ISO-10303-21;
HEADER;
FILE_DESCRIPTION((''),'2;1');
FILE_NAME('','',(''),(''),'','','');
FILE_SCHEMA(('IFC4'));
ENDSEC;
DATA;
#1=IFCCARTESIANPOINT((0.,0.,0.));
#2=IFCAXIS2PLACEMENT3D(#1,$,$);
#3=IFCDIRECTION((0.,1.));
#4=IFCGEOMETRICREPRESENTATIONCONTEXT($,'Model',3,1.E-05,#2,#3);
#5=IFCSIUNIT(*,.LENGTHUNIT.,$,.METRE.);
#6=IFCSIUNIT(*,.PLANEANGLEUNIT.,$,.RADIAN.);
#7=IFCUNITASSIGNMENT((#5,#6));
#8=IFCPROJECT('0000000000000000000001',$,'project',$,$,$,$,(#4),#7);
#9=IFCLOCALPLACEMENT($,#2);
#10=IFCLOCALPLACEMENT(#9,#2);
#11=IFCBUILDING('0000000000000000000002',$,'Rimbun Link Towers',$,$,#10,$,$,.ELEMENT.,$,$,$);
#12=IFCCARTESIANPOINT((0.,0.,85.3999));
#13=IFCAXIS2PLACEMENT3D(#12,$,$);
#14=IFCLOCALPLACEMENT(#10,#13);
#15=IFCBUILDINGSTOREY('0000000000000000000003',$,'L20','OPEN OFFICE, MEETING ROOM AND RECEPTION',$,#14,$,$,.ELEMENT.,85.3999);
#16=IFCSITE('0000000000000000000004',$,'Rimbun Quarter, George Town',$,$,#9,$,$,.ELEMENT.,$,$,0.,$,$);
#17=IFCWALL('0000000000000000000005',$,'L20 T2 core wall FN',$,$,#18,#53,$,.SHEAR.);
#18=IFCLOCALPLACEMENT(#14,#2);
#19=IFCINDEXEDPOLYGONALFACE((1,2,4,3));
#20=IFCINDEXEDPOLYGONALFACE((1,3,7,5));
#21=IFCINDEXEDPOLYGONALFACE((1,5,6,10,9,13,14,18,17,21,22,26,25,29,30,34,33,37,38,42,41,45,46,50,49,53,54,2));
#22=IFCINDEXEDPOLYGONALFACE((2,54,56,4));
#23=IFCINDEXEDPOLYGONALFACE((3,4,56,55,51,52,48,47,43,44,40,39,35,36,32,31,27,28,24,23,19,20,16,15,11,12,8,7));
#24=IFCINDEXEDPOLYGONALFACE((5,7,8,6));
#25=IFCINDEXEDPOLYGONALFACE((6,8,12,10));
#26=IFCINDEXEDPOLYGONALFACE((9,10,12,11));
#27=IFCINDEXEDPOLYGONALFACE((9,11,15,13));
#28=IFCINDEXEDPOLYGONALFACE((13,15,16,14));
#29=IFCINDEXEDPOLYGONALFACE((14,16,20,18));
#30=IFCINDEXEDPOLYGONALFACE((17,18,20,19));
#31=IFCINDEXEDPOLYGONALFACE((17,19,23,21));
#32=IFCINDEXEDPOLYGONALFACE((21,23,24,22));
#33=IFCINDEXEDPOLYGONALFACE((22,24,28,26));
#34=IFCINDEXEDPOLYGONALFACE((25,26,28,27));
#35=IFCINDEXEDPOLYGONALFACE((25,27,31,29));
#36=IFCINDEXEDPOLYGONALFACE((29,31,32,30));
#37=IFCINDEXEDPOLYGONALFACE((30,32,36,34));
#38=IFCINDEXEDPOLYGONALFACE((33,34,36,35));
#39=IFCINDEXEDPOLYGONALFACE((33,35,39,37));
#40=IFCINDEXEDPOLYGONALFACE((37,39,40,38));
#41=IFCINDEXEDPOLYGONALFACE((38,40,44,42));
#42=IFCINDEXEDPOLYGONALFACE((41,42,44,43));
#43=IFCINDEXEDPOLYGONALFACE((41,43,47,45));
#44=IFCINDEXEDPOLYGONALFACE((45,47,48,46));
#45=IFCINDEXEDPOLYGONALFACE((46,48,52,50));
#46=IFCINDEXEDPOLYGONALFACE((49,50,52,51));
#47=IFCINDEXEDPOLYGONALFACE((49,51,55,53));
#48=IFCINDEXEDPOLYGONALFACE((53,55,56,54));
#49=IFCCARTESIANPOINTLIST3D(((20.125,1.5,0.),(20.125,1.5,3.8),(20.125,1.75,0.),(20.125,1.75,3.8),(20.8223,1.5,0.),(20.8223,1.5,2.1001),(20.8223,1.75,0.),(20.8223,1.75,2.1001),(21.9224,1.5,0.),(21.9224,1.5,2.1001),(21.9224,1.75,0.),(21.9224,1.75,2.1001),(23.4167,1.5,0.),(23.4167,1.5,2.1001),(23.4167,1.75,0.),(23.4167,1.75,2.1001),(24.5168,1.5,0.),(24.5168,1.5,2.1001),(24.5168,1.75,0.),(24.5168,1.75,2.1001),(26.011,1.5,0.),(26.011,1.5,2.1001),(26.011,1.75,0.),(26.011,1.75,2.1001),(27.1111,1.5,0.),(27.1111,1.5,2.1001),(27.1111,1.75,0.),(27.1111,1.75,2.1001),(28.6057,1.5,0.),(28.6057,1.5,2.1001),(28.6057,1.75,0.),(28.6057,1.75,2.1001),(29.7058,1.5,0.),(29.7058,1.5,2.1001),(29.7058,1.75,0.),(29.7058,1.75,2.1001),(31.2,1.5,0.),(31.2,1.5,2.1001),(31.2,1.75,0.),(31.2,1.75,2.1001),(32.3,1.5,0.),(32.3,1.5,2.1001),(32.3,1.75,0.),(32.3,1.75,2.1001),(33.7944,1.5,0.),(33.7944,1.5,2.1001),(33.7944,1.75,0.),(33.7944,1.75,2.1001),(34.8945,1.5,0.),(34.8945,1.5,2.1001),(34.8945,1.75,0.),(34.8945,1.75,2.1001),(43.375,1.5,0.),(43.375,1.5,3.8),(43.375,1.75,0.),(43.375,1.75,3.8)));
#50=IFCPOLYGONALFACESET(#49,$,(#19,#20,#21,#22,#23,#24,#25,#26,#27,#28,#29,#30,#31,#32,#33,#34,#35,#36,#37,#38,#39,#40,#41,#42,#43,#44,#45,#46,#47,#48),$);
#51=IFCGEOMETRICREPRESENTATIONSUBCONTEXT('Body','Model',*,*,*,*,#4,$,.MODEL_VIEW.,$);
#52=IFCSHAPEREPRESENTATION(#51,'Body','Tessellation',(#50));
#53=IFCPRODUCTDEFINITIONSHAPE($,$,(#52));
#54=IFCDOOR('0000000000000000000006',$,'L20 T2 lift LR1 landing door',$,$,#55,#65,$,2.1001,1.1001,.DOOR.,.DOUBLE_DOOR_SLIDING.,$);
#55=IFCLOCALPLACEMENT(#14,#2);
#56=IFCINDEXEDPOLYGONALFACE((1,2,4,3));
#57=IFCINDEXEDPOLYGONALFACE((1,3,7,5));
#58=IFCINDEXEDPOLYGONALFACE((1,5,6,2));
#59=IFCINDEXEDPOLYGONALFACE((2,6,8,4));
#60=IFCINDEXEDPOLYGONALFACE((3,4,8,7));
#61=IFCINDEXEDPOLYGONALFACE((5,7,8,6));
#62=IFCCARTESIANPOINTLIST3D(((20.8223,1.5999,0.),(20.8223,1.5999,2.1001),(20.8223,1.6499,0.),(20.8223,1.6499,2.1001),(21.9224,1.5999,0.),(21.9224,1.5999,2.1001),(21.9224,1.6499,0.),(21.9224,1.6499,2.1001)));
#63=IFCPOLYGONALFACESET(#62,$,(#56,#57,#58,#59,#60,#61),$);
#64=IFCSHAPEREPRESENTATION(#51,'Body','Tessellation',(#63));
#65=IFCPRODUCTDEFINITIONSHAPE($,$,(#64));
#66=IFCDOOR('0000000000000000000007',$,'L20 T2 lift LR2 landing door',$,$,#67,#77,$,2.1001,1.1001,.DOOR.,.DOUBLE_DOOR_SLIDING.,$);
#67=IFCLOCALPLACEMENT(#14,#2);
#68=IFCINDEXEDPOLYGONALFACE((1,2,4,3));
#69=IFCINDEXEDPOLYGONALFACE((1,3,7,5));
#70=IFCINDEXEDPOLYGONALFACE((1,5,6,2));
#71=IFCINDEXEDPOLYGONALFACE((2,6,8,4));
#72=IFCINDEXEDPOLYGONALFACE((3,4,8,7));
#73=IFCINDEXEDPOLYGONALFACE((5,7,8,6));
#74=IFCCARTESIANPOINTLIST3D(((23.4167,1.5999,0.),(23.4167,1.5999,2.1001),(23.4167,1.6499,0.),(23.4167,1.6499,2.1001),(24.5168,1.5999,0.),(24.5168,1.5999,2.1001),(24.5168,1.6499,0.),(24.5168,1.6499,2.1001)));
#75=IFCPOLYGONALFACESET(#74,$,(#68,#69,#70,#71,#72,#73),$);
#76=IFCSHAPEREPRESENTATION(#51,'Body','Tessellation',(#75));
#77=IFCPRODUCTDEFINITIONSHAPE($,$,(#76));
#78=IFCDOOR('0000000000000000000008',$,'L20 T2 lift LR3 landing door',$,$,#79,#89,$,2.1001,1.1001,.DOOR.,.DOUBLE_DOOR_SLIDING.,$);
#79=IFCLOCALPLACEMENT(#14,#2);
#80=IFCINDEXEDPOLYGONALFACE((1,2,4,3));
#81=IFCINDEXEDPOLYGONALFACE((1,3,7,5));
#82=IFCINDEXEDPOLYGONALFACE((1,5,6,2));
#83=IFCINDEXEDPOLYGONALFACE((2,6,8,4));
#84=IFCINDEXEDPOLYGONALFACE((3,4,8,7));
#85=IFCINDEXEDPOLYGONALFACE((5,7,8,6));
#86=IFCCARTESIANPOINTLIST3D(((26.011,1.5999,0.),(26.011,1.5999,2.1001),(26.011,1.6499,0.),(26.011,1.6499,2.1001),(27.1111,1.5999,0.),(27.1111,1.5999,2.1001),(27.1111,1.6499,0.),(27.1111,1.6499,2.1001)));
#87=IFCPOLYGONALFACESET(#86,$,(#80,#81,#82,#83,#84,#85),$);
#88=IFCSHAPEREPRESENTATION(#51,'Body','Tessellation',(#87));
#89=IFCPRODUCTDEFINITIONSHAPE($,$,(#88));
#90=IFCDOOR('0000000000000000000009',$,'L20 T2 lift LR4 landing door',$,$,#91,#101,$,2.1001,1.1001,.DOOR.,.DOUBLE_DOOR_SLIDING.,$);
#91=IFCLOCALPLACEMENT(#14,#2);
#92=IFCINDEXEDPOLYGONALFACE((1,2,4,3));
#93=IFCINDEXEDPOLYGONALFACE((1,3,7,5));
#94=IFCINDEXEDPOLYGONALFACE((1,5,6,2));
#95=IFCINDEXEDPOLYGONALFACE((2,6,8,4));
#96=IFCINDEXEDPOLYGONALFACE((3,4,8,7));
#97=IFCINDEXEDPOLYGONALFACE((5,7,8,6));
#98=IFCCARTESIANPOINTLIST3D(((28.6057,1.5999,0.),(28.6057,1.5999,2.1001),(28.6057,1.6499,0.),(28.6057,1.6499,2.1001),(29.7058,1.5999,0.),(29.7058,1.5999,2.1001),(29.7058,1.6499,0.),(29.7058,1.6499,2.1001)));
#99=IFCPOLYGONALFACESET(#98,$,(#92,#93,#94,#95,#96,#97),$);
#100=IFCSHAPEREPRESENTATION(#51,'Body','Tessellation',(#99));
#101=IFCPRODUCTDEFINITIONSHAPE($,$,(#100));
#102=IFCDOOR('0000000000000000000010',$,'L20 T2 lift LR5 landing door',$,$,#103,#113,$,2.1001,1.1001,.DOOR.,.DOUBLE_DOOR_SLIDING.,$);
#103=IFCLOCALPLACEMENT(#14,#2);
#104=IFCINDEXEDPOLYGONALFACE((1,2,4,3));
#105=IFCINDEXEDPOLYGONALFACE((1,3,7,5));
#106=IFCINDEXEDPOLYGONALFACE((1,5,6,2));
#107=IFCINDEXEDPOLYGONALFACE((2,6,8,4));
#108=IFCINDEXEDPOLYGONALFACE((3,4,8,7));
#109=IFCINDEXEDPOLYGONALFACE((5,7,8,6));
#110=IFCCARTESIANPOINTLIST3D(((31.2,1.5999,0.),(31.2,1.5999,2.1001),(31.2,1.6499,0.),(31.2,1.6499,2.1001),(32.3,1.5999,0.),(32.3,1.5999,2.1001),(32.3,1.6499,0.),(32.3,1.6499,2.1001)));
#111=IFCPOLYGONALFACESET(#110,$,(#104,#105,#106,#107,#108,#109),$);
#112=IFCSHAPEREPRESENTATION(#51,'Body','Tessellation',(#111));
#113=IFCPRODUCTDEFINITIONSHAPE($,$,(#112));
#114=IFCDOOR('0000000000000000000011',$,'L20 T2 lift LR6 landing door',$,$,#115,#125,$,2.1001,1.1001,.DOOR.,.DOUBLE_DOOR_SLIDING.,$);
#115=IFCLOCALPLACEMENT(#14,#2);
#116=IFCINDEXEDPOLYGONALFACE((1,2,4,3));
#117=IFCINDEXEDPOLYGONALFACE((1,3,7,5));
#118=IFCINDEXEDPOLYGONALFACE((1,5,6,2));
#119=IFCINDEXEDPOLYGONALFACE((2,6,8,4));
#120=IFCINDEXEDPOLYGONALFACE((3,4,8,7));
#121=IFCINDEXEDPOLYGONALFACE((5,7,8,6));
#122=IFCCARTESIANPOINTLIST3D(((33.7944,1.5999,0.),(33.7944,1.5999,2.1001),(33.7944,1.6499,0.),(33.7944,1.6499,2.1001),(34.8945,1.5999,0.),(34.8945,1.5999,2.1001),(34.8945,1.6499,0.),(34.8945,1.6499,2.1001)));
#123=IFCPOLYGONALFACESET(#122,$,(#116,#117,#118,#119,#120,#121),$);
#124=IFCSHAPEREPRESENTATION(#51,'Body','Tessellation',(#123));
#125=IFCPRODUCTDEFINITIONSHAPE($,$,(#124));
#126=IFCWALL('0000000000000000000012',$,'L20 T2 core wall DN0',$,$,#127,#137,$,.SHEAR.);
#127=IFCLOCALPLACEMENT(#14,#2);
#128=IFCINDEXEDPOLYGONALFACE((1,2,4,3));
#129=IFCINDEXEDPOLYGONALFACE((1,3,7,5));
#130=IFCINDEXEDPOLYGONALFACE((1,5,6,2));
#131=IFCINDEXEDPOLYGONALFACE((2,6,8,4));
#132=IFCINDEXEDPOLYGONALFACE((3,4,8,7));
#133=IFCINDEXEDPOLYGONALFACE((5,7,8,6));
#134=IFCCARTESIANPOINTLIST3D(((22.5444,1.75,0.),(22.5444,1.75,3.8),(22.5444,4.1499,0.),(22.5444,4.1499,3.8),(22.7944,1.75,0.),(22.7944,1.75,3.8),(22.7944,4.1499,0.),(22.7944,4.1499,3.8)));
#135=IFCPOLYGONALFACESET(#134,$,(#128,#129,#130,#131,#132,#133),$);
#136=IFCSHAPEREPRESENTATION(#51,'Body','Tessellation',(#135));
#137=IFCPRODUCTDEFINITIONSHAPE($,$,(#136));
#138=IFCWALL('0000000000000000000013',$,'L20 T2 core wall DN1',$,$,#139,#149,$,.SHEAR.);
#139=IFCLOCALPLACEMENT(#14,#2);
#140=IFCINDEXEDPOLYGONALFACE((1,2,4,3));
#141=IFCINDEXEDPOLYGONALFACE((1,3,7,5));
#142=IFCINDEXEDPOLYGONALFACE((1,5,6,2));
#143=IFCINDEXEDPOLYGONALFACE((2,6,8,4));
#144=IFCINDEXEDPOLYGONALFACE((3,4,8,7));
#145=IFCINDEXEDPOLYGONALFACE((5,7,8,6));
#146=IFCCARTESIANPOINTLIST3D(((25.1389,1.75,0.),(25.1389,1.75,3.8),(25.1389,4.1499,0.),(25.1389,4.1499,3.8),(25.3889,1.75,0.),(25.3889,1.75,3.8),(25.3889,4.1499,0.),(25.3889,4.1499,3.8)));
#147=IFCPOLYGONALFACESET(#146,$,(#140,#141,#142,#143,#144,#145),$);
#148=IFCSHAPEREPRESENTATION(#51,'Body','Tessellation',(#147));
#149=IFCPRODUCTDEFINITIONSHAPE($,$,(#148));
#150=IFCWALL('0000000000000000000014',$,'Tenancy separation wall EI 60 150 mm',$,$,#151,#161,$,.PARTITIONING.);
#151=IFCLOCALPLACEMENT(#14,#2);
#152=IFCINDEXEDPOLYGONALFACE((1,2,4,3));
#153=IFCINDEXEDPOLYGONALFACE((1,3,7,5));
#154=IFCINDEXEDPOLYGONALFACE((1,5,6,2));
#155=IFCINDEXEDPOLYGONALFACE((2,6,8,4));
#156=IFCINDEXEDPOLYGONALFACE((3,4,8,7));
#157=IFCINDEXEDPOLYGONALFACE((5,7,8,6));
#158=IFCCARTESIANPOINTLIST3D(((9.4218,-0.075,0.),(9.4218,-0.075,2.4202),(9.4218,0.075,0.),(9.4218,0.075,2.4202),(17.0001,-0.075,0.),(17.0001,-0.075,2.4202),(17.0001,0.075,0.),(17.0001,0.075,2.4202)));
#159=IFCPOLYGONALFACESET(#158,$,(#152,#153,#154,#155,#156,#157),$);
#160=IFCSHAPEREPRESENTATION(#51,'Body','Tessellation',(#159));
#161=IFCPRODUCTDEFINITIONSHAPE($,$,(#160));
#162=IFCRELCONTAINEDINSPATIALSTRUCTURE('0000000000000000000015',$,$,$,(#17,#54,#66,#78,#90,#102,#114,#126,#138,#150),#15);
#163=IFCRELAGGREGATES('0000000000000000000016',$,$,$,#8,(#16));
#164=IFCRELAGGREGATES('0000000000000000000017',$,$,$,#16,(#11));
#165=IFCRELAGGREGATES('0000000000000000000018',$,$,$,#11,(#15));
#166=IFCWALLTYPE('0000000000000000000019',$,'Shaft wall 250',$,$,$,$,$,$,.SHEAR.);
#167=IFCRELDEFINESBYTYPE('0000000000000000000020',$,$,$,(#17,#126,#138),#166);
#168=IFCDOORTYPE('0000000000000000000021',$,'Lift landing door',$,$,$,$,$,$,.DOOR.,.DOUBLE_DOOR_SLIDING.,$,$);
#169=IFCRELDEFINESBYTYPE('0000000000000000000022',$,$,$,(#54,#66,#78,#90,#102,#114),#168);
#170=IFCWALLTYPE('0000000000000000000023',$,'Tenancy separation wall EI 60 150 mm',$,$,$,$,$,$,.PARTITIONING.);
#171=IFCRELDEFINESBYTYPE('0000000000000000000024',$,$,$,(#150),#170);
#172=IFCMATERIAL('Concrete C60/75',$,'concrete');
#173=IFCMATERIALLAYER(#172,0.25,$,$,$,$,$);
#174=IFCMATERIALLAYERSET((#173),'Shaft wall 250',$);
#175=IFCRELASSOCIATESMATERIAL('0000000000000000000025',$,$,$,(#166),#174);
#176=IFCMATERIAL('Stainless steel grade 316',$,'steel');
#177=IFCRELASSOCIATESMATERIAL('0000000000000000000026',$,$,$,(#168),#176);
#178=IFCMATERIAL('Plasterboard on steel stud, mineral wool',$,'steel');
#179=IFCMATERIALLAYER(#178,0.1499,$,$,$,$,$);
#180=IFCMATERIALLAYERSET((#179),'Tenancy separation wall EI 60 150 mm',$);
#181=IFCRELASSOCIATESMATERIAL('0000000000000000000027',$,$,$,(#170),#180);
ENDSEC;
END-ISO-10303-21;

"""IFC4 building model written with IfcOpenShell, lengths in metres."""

from ifc_helpers import new_model, si_unit, direction, frame, frame_2d, origin, place, context, subcontext, project, spatial, rectangle, extrude, material, layer, layer_set, type_object, element, fill, save


model = new_model("IFC4")

# Units and contexts
model_context = context("Model", 3, precision=1e-05, world=origin(), true_north=direction((0.0, 1.0)))
body_context = subcontext(model_context, "Body", "Model", "MODEL_VIEW")
ifc_project = project(units=[si_unit("LENGTHUNIT", "METRE"), si_unit("PLANEANGLEUNIT", "RADIAN")], contexts=[model_context])

# Site, building, storey
site_placement = place(None, origin())
site = spatial("IfcSite", under=ifc_project, at=site_placement, Name="Rimbun Quarter, George Town", CompositionType="ELEMENT", RefElevation=0.0)
building_placement = place(site_placement, origin())
building = spatial("IfcBuilding", under=site, at=building_placement, Name="Rimbun Link Towers", CompositionType="ELEMENT")
storey_placement = place(building_placement, frame((0.0, 0.0, 85.3999)))
storey = spatial("IfcBuildingStorey", under=building, at=storey_placement, Name="L20", Description="OPEN OFFICE, MEETING ROOM AND RECEPTION", CompositionType="ELEMENT", Elevation=85.3999)

# Shared definitions
ifc_material_1 = material(Name="Concrete C60/75", Category="concrete")
ifc_layer_1 = layer(ifc_material_1, 0.25)
ifc_layer_set_1 = layer_set([ifc_layer_1], Name="Shaft wall 250")
wall_type_1 = type_object("IfcWallType", Name="Shaft wall 250", PredefinedType="SHEAR", material=ifc_layer_set_1)

# Wall, openings, doors
wall_1_placement = place(storey_placement, frame((20.125, 1.625, 0.0), z_axis=(0.0, 0.0, 1.0), x_axis=(1.0, 0.0, 0.0)))
wall_1 = element("IfcWall", 1, at=wall_1_placement, inside=storey, type_object=wall_type_1, Name="L20 T2 core wall FN", PredefinedType="SHEAR", context=body_context, shape_type="SweptSolid", body=[
    extrude(rectangle(XDim=23.25, YDim=0.25, at=frame_2d((11.625, 0.0))), origin(), (0.0, 0.0, 1.0), 3.8),
])
opening_1_placement = place(wall_1_placement, frame((0.6973, 0.0, 0.0)))
opening_1 = element("IfcOpeningElement", 2, at=opening_1_placement, cuts=wall_1, PredefinedType="OPENING", context=body_context, shape_type="SweptSolid", body=[
    extrude(rectangle(XDim=1.1001, YDim=2.1001, at=frame_2d((0.55, 1.05))), frame((0.0, 0.135, 0.0), z_axis=(0.0, -1.0, 0.0), x_axis=(1.0, 0.0, 0.0)), (0.0, 0.0, 1.0), 0.27),
])
opening_2_placement = place(wall_1_placement, frame((3.2917, 0.0, 0.0)))
opening_2 = element("IfcOpeningElement", 3, at=opening_2_placement, cuts=wall_1, PredefinedType="OPENING", context=body_context, shape_type="SweptSolid", body=[
    extrude(rectangle(XDim=1.1001, YDim=2.1001, at=frame_2d((0.55, 1.05))), frame((0.0, 0.135, 0.0), z_axis=(0.0, -1.0, 0.0), x_axis=(1.0, 0.0, 0.0)), (0.0, 0.0, 1.0), 0.27),
])
opening_3_placement = place(wall_1_placement, frame((5.886, 0.0, 0.0)))
opening_3 = element("IfcOpeningElement", 4, at=opening_3_placement, cuts=wall_1, PredefinedType="OPENING", context=body_context, shape_type="SweptSolid", body=[
    extrude(rectangle(XDim=1.1001, YDim=2.1001, at=frame_2d((0.55, 1.05))), frame((0.0, 0.135, 0.0), z_axis=(0.0, -1.0, 0.0), x_axis=(1.0, 0.0, 0.0)), (0.0, 0.0, 1.0), 0.27),
])
opening_4_placement = place(wall_1_placement, frame((8.4807, 0.0, 0.0)))
opening_4 = element("IfcOpeningElement", 5, at=opening_4_placement, cuts=wall_1, PredefinedType="OPENING", context=body_context, shape_type="SweptSolid", body=[
    extrude(rectangle(XDim=1.1001, YDim=2.1001, at=frame_2d((0.55, 1.05))), frame((0.0, 0.135, 0.0), z_axis=(0.0, -1.0, 0.0), x_axis=(1.0, 0.0, 0.0)), (0.0, 0.0, 1.0), 0.27),
])
opening_5_placement = place(wall_1_placement, frame((11.075, 0.0, 0.0)))
opening_5 = element("IfcOpeningElement", 6, at=opening_5_placement, cuts=wall_1, PredefinedType="OPENING", context=body_context, shape_type="SweptSolid", body=[
    extrude(rectangle(XDim=1.1001, YDim=2.1001, at=frame_2d((0.55, 1.05))), frame((0.0, 0.135, 0.0), z_axis=(0.0, -1.0, 0.0), x_axis=(1.0, 0.0, 0.0)), (0.0, 0.0, 1.0), 0.27),
])
opening_6_placement = place(wall_1_placement, frame((13.6694, 0.0, 0.0)))
opening_6 = element("IfcOpeningElement", 7, at=opening_6_placement, cuts=wall_1, PredefinedType="OPENING", context=body_context, shape_type="SweptSolid", body=[
    extrude(rectangle(XDim=1.1001, YDim=2.1001, at=frame_2d((0.55, 1.05))), frame((0.0, 0.135, 0.0), z_axis=(0.0, -1.0, 0.0), x_axis=(1.0, 0.0, 0.0)), (0.0, 0.0, 1.0), 0.27),
])
ifc_material_2 = material(Name="Stainless steel grade 316", Category="steel")
door_type = type_object("IfcDoorType", Name="Lift landing door", OperationType="DOUBLE_DOOR_SLIDING", PredefinedType="DOOR", material=ifc_material_2)
door_1_placement = place(opening_1_placement, origin())
door_1 = element("IfcDoor", 8, at=door_1_placement, inside=storey, type_object=door_type, Name="L20 T2 lift LR1 landing door", OperationType="DOUBLE_DOOR_SLIDING", OverallHeight=2.1001, OverallWidth=1.1001, PredefinedType="DOOR", context=body_context, shape_type="SweptSolid", body=[
    extrude(rectangle(XDim=1.1001, YDim=2.1001, at=frame_2d((0.55, 1.05))), frame((0.0, 0.0249, 0.0), z_axis=(0.0, -1.0, 0.0), x_axis=(1.0, 0.0, 0.0)), (0.0, 0.0, 1.0), 0.05),
])
fill(opening_1, door_1)
door_2_placement = place(opening_2_placement, origin())
door_2 = element("IfcDoor", 9, at=door_2_placement, inside=storey, type_object=door_type, Name="L20 T2 lift LR2 landing door", OperationType="DOUBLE_DOOR_SLIDING", OverallHeight=2.1001, OverallWidth=1.1001, PredefinedType="DOOR", context=body_context, shape_type="SweptSolid", body=[
    extrude(rectangle(XDim=1.1001, YDim=2.1001, at=frame_2d((0.55, 1.05))), frame((0.0, 0.0249, 0.0), z_axis=(0.0, -1.0, 0.0), x_axis=(1.0, 0.0, 0.0)), (0.0, 0.0, 1.0), 0.05),
])
fill(opening_2, door_2)
door_3_placement = place(opening_3_placement, origin())
door_3 = element("IfcDoor", 10, at=door_3_placement, inside=storey, type_object=door_type, Name="L20 T2 lift LR3 landing door", OperationType="DOUBLE_DOOR_SLIDING", OverallHeight=2.1001, OverallWidth=1.1001, PredefinedType="DOOR", context=body_context, shape_type="SweptSolid", body=[
    extrude(rectangle(XDim=1.1001, YDim=2.1001, at=frame_2d((0.55, 1.05))), frame((0.0, 0.0249, 0.0), z_axis=(0.0, -1.0, 0.0), x_axis=(1.0, 0.0, 0.0)), (0.0, 0.0, 1.0), 0.05),
])
fill(opening_3, door_3)
door_4_placement = place(opening_4_placement, origin())
door_4 = element("IfcDoor", 11, at=door_4_placement, inside=storey, type_object=door_type, Name="L20 T2 lift LR4 landing door", OperationType="DOUBLE_DOOR_SLIDING", OverallHeight=2.1001, OverallWidth=1.1001, PredefinedType="DOOR", context=body_context, shape_type="SweptSolid", body=[
    extrude(rectangle(XDim=1.1001, YDim=2.1001, at=frame_2d((0.55, 1.05))), frame((0.0, 0.0249, 0.0), z_axis=(0.0, -1.0, 0.0), x_axis=(1.0, 0.0, 0.0)), (0.0, 0.0, 1.0), 0.05),
])
fill(opening_4, door_4)
door_5_placement = place(opening_5_placement, origin())
door_5 = element("IfcDoor", 12, at=door_5_placement, inside=storey, type_object=door_type, Name="L20 T2 lift LR5 landing door", OperationType="DOUBLE_DOOR_SLIDING", OverallHeight=2.1001, OverallWidth=1.1001, PredefinedType="DOOR", context=body_context, shape_type="SweptSolid", body=[
    extrude(rectangle(XDim=1.1001, YDim=2.1001, at=frame_2d((0.55, 1.05))), frame((0.0, 0.0249, 0.0), z_axis=(0.0, -1.0, 0.0), x_axis=(1.0, 0.0, 0.0)), (0.0, 0.0, 1.0), 0.05),
])
fill(opening_5, door_5)
door_6_placement = place(opening_6_placement, origin())
door_6 = element("IfcDoor", 13, at=door_6_placement, inside=storey, type_object=door_type, Name="L20 T2 lift LR6 landing door", OperationType="DOUBLE_DOOR_SLIDING", OverallHeight=2.1001, OverallWidth=1.1001, PredefinedType="DOOR", context=body_context, shape_type="SweptSolid", body=[
    extrude(rectangle(XDim=1.1001, YDim=2.1001, at=frame_2d((0.55, 1.05))), frame((0.0, 0.0249, 0.0), z_axis=(0.0, -1.0, 0.0), x_axis=(1.0, 0.0, 0.0)), (0.0, 0.0, 1.0), 0.05),
])
fill(opening_6, door_6)

# Walls
for number, where, z_axis, x_axis, name in (
    (14, (22.6694, 1.75, 0.0), (0.0, 0.0, 1.0), (0.0, 1.0, 0.0), "L20 T2 core wall DN0"),
    (15, (25.2639, 1.75, 0.0), (0.0, 0.0, 1.0), (0.0, 1.0, 0.0), "L20 T2 core wall DN1"),
):
    element("IfcWall", number, at=place(storey_placement, frame(where, z_axis=z_axis, x_axis=x_axis)), inside=storey, type_object=wall_type_1, Name=name, PredefinedType="SHEAR", context=body_context, shape_type="SweptSolid", body=[
        extrude(rectangle(XDim=2.3999, YDim=0.25, at=frame_2d((1.2, 0.0))), origin(), (0.0, 0.0, 1.0), 3.8),
    ])
ifc_material_3 = material(Name="Plasterboard on steel stud, mineral wool", Category="steel")
ifc_layer_2 = layer(ifc_material_3, 0.1499)
ifc_layer_set_2 = layer_set([ifc_layer_2], Name="Tenancy separation wall EI 60 150 mm")
wall_type_2 = type_object("IfcWallType", Name="Tenancy separation wall EI 60 150 mm", PredefinedType="PARTITIONING", material=ifc_layer_set_2)
wall_2_placement = place(storey_placement, frame((17.0, 0.0, 0.0), z_axis=(0.0, 0.0, 1.0), x_axis=(-1.0, 0.0, 0.0)))
element("IfcWall", 16, at=wall_2_placement, inside=storey, type_object=wall_type_2, Name="Tenancy separation wall EI 60 150 mm", PredefinedType="PARTITIONING", context=body_context, shape_type="SweptSolid", body=[
    extrude(rectangle(XDim=7.5784, YDim=0.1499, at=frame_2d((3.7891, 0.0))), origin(), (0.0, 0.0, 1.0), 2.4202),
])

save(model, "model.ifc")
